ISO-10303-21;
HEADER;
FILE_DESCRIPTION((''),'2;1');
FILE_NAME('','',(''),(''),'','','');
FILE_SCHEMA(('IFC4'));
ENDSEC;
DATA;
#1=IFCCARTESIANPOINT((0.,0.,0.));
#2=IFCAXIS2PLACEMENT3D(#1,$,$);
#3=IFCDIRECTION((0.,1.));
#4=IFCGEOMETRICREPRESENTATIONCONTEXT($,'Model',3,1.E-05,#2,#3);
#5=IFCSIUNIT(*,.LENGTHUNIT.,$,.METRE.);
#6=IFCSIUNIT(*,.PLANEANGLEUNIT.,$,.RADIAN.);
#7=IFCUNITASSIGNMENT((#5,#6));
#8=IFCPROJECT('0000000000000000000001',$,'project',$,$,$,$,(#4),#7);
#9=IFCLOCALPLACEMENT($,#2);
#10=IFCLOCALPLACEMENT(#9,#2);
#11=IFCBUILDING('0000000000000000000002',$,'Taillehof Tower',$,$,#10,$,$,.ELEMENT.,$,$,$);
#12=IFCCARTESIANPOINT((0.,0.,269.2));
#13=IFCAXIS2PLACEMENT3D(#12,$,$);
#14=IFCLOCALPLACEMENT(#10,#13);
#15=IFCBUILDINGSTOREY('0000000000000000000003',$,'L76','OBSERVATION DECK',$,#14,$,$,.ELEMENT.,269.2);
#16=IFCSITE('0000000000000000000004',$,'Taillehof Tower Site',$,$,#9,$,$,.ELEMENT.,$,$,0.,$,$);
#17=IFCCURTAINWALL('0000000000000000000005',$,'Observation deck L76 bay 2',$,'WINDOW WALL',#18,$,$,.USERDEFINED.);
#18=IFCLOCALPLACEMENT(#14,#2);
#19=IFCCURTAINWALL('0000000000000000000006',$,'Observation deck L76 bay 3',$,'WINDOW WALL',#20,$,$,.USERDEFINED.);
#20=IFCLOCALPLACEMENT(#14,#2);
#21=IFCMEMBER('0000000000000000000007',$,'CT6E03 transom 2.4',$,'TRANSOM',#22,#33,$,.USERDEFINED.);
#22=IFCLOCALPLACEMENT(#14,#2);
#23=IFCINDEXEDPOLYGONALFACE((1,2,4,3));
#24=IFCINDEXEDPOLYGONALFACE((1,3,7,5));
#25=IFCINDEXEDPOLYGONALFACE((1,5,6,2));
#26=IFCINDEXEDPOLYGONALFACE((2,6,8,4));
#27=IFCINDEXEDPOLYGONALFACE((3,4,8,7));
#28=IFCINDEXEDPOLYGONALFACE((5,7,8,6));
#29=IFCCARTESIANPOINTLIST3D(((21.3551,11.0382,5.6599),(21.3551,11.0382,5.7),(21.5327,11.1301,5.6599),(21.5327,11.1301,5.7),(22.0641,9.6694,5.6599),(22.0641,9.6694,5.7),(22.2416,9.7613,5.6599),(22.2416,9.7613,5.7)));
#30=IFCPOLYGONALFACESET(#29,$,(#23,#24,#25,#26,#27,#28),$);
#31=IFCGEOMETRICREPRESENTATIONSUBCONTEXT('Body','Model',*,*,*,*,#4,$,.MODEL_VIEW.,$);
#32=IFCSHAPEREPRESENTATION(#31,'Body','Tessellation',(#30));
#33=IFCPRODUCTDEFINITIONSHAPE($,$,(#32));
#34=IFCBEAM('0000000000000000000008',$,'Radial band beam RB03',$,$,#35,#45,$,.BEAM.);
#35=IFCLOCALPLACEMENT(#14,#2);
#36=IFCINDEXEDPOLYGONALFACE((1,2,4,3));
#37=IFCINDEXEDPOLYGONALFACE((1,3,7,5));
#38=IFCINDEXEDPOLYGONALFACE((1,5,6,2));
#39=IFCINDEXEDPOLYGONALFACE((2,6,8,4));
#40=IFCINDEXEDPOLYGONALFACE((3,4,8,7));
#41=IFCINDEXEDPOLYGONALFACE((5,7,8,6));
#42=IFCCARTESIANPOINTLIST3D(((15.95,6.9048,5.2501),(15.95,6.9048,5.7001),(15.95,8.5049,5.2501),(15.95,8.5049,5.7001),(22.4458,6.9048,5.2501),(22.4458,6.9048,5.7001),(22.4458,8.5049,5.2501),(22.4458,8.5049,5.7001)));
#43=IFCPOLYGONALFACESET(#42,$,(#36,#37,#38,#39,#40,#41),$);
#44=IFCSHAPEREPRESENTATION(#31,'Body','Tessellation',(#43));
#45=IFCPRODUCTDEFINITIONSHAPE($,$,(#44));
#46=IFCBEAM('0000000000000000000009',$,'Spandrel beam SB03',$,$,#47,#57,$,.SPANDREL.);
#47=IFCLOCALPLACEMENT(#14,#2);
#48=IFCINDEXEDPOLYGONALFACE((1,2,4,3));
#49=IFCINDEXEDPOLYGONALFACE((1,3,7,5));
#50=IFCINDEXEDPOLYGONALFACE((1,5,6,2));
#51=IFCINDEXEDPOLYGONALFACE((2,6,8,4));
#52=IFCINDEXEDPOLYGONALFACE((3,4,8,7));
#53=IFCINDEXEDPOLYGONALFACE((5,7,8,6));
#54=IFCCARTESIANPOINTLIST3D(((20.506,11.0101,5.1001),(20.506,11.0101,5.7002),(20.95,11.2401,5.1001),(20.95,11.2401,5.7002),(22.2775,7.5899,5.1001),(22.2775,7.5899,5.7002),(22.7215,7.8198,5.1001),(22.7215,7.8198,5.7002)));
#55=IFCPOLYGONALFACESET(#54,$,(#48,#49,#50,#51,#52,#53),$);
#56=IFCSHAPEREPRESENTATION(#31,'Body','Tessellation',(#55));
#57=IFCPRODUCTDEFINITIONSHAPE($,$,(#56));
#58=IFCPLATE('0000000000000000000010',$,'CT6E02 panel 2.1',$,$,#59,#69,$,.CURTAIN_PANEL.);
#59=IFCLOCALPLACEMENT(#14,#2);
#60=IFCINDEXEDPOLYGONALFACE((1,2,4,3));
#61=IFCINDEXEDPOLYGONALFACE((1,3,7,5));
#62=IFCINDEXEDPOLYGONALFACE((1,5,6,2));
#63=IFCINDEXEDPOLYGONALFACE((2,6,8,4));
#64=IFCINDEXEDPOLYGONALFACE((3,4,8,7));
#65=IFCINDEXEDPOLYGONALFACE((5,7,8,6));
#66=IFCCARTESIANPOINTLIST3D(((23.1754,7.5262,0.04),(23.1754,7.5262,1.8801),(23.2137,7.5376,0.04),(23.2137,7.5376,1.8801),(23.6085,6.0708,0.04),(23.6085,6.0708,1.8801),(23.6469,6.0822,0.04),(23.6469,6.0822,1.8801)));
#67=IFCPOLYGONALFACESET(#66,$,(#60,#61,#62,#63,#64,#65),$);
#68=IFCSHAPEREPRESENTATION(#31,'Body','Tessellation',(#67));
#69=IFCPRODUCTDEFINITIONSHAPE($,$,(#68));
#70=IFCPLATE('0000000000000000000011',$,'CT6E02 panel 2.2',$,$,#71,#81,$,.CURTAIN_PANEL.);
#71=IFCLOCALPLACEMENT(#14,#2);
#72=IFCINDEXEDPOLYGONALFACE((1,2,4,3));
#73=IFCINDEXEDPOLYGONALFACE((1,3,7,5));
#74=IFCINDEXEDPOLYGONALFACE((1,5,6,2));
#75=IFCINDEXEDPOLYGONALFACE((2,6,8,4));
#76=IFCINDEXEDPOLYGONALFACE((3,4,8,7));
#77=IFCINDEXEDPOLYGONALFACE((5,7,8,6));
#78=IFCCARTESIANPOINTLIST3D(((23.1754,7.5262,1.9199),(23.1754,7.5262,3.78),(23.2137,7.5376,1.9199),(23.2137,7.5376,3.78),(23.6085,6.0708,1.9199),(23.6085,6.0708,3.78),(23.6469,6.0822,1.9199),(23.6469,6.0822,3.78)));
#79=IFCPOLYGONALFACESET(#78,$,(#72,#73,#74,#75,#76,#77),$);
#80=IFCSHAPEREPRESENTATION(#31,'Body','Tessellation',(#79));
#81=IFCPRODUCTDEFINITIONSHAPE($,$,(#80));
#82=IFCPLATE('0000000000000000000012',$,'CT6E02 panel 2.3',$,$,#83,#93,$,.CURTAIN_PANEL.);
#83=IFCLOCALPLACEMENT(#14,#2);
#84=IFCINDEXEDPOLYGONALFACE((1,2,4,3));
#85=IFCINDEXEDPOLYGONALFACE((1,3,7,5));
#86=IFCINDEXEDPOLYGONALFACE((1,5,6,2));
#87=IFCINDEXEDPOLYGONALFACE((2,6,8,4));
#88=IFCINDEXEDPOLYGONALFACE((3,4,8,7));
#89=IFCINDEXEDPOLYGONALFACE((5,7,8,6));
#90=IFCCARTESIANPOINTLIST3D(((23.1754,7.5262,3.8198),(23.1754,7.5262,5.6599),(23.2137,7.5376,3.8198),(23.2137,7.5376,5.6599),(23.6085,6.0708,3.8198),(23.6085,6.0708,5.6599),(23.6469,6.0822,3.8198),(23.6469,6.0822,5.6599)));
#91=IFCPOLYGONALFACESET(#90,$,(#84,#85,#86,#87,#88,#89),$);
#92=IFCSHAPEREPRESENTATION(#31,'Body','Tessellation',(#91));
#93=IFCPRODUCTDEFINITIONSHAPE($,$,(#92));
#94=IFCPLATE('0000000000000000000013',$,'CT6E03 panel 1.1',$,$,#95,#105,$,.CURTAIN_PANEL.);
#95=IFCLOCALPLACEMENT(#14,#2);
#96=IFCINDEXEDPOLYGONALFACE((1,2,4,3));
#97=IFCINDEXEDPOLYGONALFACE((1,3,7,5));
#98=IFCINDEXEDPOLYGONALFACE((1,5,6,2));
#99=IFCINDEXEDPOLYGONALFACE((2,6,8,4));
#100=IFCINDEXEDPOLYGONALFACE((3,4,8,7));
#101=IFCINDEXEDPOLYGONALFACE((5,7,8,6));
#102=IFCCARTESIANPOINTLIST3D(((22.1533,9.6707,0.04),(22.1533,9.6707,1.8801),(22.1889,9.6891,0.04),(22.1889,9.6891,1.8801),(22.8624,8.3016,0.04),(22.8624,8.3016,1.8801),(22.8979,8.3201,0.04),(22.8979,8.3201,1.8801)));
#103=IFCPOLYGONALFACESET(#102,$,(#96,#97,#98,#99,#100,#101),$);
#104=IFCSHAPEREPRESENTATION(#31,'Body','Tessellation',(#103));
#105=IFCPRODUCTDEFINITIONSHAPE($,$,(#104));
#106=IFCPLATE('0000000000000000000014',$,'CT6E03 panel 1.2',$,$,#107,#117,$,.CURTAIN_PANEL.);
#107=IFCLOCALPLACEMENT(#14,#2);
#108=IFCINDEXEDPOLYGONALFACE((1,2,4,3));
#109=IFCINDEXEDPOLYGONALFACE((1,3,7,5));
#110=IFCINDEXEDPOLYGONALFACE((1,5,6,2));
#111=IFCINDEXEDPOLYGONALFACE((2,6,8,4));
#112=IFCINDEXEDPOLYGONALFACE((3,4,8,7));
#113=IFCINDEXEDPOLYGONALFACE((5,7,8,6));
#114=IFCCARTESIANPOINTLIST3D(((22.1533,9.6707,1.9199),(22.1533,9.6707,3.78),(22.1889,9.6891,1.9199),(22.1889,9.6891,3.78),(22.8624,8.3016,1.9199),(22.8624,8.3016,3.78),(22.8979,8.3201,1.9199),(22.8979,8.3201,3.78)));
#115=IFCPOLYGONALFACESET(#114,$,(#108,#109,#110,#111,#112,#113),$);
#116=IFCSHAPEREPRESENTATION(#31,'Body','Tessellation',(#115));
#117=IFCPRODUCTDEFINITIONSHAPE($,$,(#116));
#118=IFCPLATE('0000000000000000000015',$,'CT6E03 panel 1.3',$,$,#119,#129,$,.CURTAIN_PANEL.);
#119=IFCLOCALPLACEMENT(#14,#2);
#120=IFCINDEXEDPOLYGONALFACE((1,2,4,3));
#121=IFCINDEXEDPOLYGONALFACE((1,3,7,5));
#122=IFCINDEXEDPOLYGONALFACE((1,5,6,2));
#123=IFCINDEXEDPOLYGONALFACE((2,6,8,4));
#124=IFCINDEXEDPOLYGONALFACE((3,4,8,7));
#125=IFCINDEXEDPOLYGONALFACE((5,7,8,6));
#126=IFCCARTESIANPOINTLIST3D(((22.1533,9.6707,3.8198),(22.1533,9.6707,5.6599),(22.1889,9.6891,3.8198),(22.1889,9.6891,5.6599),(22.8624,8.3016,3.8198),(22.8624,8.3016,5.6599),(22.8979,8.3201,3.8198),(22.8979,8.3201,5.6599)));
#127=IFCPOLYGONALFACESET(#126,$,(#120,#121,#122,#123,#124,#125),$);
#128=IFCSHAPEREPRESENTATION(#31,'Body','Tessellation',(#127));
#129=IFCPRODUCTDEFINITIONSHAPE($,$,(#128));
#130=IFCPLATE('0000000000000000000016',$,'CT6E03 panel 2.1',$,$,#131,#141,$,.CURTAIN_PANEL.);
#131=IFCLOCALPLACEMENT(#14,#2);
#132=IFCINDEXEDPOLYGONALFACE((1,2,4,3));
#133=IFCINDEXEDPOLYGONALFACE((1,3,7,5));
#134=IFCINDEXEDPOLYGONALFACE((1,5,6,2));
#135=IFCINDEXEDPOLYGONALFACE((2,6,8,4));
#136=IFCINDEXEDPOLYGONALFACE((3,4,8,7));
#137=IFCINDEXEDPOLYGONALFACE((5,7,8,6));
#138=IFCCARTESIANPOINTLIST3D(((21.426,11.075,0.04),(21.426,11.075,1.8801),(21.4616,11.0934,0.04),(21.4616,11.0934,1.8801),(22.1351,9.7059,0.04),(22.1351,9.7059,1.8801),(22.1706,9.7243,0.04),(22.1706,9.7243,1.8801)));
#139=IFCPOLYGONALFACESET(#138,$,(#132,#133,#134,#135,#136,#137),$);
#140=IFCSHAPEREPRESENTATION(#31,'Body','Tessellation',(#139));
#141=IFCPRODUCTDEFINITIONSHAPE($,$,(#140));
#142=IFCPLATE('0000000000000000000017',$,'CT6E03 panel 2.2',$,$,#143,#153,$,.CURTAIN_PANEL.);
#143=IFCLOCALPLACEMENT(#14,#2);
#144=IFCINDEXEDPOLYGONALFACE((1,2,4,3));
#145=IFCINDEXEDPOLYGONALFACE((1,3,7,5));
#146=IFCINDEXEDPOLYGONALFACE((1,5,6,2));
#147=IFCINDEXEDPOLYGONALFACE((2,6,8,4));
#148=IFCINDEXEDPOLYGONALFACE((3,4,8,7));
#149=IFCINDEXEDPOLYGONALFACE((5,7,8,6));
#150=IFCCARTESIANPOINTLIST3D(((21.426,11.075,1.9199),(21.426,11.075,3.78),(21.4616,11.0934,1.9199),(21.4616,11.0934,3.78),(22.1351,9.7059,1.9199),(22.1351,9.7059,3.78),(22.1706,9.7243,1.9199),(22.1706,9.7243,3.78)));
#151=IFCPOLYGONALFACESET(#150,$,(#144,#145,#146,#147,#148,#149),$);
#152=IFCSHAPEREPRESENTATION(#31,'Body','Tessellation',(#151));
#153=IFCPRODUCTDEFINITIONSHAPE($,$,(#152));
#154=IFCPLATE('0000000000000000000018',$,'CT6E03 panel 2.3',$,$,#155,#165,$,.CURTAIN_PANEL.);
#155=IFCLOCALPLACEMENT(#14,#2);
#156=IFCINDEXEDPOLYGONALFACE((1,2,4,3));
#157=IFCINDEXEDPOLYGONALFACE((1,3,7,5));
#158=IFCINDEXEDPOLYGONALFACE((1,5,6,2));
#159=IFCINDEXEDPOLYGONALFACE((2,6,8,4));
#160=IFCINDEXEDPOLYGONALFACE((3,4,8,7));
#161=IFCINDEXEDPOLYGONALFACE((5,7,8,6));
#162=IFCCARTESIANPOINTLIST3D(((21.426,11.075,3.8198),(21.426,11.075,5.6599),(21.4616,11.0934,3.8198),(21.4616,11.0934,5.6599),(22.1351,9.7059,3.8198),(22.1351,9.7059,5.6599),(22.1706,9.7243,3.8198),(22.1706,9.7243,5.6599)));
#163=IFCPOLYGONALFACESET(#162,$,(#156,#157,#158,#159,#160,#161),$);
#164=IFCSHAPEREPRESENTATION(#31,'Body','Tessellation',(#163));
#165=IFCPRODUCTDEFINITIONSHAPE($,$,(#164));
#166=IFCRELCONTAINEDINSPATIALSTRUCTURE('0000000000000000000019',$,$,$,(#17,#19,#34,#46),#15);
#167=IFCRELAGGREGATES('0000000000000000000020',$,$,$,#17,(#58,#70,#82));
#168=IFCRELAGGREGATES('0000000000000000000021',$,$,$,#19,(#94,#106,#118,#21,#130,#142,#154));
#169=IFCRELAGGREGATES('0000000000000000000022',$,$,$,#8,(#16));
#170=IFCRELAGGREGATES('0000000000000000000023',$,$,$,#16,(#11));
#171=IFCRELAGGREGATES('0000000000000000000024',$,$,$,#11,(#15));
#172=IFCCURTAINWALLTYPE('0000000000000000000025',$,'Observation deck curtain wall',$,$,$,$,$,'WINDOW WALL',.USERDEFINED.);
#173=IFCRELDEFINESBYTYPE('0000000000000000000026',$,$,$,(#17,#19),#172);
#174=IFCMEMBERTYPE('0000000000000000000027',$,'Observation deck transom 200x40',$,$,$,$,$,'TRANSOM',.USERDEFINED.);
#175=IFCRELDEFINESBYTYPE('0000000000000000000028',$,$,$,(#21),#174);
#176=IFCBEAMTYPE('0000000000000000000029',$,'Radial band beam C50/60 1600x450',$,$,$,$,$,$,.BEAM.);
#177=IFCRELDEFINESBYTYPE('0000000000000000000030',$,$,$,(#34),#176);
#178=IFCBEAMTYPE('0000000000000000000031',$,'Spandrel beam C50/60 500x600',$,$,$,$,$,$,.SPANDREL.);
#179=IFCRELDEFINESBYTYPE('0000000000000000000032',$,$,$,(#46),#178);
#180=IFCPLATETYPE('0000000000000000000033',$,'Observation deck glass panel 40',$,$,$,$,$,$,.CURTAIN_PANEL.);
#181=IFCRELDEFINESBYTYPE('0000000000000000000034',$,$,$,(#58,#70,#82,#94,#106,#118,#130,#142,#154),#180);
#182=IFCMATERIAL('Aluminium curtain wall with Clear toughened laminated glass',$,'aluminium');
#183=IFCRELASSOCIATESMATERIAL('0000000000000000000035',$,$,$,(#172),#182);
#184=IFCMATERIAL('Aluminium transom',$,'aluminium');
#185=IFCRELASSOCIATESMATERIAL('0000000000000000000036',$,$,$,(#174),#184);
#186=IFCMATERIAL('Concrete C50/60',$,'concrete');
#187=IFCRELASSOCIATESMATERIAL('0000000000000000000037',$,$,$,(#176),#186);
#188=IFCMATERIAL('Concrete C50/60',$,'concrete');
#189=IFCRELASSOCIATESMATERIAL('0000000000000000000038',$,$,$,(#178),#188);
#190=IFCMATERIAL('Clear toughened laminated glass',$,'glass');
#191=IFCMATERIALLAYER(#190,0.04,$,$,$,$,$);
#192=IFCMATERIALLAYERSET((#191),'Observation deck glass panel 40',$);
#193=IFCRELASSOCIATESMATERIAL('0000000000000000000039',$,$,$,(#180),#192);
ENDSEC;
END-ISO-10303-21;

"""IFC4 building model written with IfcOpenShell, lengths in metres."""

from ifc_helpers import new_model, si_unit, direction, frame, origin, origin_2d, place, context, subcontext, project, spatial, rectangle, extrude, material, layer, layer_set, material_profile, profile_set, type_object, element, aggregate, save


model = new_model("IFC4")

# Units and contexts
model_context = context("Model", 3, precision=1e-05, world=origin(), true_north=direction((0.0, 1.0)))
body_context = subcontext(model_context, "Body", "Model", "MODEL_VIEW")
ifc_project = project(units=[si_unit("LENGTHUNIT", "METRE"), si_unit("PLANEANGLEUNIT", "RADIAN")], contexts=[model_context])

# Site, building, storey
site_placement = place(None, origin())
site = spatial("IfcSite", under=ifc_project, at=site_placement, Name="Taillehof Tower Site", CompositionType="ELEMENT", RefElevation=0.0)
building_placement = place(site_placement, origin())
building = spatial("IfcBuilding", under=site, at=building_placement, Name="Taillehof Tower", CompositionType="ELEMENT")
storey_placement = place(building_placement, frame((0.0, 0.0, 269.2)))
storey = spatial("IfcBuildingStorey", under=building, at=storey_placement, Name="L76", Description="OBSERVATION DECK", CompositionType="ELEMENT", Elevation=269.2)

# Curtain wall
ifc_material_1 = material(Name="Aluminium curtain wall with Clear toughened laminated glass", Category="aluminium")
curtain_wall_type = type_object("IfcCurtainWallType", Name="Observation deck curtain wall", ElementType="WINDOW WALL", PredefinedType="USERDEFINED", material=ifc_material_1)
curtain_wall_1_placement = place(storey_placement, origin())
curtain_wall_1 = element("IfcCurtainWall", 1, at=curtain_wall_1_placement, inside=storey, type_object=curtain_wall_type, Name="Observation deck L76 bay 2", ObjectType="WINDOW WALL", PredefinedType="USERDEFINED")

# Curtain wall
curtain_wall_2_placement = place(storey_placement, origin())
curtain_wall_2 = element("IfcCurtainWall", 2, at=curtain_wall_2_placement, inside=storey, type_object=curtain_wall_type, Name="Observation deck L76 bay 3", ObjectType="WINDOW WALL", PredefinedType="USERDEFINED")

# Member
ifc_material_2 = material(Name="Aluminium transom", Category="aluminium")
ifc_material_profile_1 = material_profile(ifc_material_2, rectangle(XDim=0.2, YDim=0.04, at=origin_2d()), Name="AL 200x40")
ifc_profile_set_1 = profile_set([ifc_material_profile_1], Name="Aluminium transom")
member_type_1 = type_object("IfcMemberType", Name="Observation deck transom 200x40", ElementType="TRANSOM", PredefinedType="USERDEFINED", material=ifc_profile_set_1)
member_1_placement = place(storey_placement, frame((22.1528, 9.7153, 5.6799), z_axis=(-0.459901, 0.88797, 0.0), x_axis=(-0.88797, -0.459901, 0.0)))
member_1 = element("IfcMember", 3, at=member_1_placement, type_object=member_type_1, Name="CT6E03 transom 2.4", ObjectType="TRANSOM", PredefinedType="USERDEFINED", context=body_context, shape_type="SweptSolid", body=[
    extrude(rectangle(XDim=0.2, YDim=0.04, at=origin_2d()), origin(), (0.0, 0.0, 1.0), 1.5415),
])

# Beams
ifc_material_3 = material(Name="Concrete C50/60", Category="concrete")
ifc_material_profile_2 = material_profile(ifc_material_3, rectangle(XDim=1.6001, YDim=0.45, at=origin_2d()), Name="RC 1600x450")
ifc_profile_set_2 = profile_set([ifc_material_profile_2], Name="Concrete C50/60")
beam_type_1 = type_object("IfcBeamType", Name="Radial band beam C50/60 1600x450", PredefinedType="BEAM", material=ifc_profile_set_2)
beam_1_placement = place(storey_placement, frame((22.4458, 7.7048, 5.4751), z_axis=(-1.0, 0.0, 0.0), x_axis=(0.0, -1.0, 0.0)))
element("IfcBeam", 4, at=beam_1_placement, inside=storey, type_object=beam_type_1, Name="Radial band beam RB03", PredefinedType="BEAM", context=body_context, shape_type="SweptSolid", body=[
    extrude(rectangle(XDim=1.6001, YDim=0.45, at=origin_2d()), origin(), (0.0, 0.0, 1.0), 6.4958),
])
ifc_material_4 = material(Name="Concrete C50/60", Category="concrete")
ifc_material_profile_3 = material_profile(ifc_material_4, rectangle(XDim=0.5, YDim=0.6001, at=origin_2d()), Name="RC 500x600")
ifc_profile_set_3 = profile_set([ifc_material_profile_3], Name="Concrete C50/60")
beam_type_2 = type_object("IfcBeamType", Name="Spandrel beam C50/60 500x600", PredefinedType="SPANDREL", material=ifc_profile_set_3)
beam_2_placement = place(storey_placement, frame((22.4995, 7.7048, 5.4001), z_axis=(-0.459921, 0.88796, 0.0), x_axis=(-0.88796, -0.459921, 0.0)))
element("IfcBeam", 5, at=beam_2_placement, inside=storey, type_object=beam_type_2, Name="Spandrel beam SB03", PredefinedType="SPANDREL", context=body_context, shape_type="SweptSolid", body=[
    extrude(rectangle(XDim=0.5, YDim=0.6001, at=origin_2d()), origin(), (0.0, 0.0, 1.0), 3.8518),
])

# Plates
ifc_material_5 = material(Name="Clear toughened laminated glass", Category="glass")
ifc_layer = layer(ifc_material_5, 0.04)
ifc_layer_set = layer_set([ifc_layer], Name="Observation deck glass panel 40")
plate_type = type_object("IfcPlateType", Name="Observation deck glass panel 40", PredefinedType="CURTAIN_PANEL", material=ifc_layer_set)
plate_1_placement = place(storey_placement, frame((23.4111, 6.8042, 0.04), z_axis=(0.0, 0.0, 1.0), x_axis=(-0.285236, 0.958457, 0.0)))
plate_1 = element("IfcPlate", 6, at=plate_1_placement, type_object=plate_type, Name="CT6E02 panel 2.1", PredefinedType="CURTAIN_PANEL", context=body_context, shape_type="SweptSolid", body=[
    extrude(rectangle(XDim=1.5186, YDim=0.04, at=origin_2d()), origin(), (0.0, 0.0, 1.0), 1.8401),
])
plate_2_placement = place(storey_placement, frame((23.4111, 6.8042, 1.9199), z_axis=(0.0, 0.0, 1.0), x_axis=(-0.285236, 0.958457, 0.0)))
plate_2 = element("IfcPlate", 7, at=plate_2_placement, type_object=plate_type, Name="CT6E02 panel 2.2", PredefinedType="CURTAIN_PANEL", context=body_context, shape_type="SweptSolid", body=[
    extrude(rectangle(XDim=1.5186, YDim=0.04, at=origin_2d()), origin(), (0.0, 0.0, 1.0), 1.8601),
])
plate_3_placement = place(storey_placement, frame((23.4111, 6.8042, 3.8198), z_axis=(0.0, 0.0, 1.0), x_axis=(-0.285236, 0.958457, 0.0)))
plate_3 = element("IfcPlate", 8, at=plate_3_placement, type_object=plate_type, Name="CT6E02 panel 2.3", PredefinedType="CURTAIN_PANEL", context=body_context, shape_type="SweptSolid", body=[
    extrude(rectangle(XDim=1.5186, YDim=0.04, at=origin_2d()), origin(), (0.0, 0.0, 1.0), 1.8401),
])
aggregate(curtain_wall_1, [plate_1, plate_2, plate_3])
plate_4_placement = place(storey_placement, frame((22.5256, 8.9954, 0.04), z_axis=(0.0, 0.0, 1.0), x_axis=(-0.459891, 0.887975, 0.0)))
plate_4 = element("IfcPlate", 9, at=plate_4_placement, type_object=plate_type, Name="CT6E03 panel 1.1", PredefinedType="CURTAIN_PANEL", context=body_context, shape_type="SweptSolid", body=[
    extrude(rectangle(XDim=1.5417, YDim=0.04, at=origin_2d()), origin(), (0.0, 0.0, 1.0), 1.8401),
])
plate_5_placement = place(storey_placement, frame((22.5256, 8.9954, 1.9199), z_axis=(0.0, 0.0, 1.0), x_axis=(-0.459891, 0.887975, 0.0)))
plate_5 = element("IfcPlate", 10, at=plate_5_placement, type_object=plate_type, Name="CT6E03 panel 1.2", PredefinedType="CURTAIN_PANEL", context=body_context, shape_type="SweptSolid", body=[
    extrude(rectangle(XDim=1.5417, YDim=0.04, at=origin_2d()), origin(), (0.0, 0.0, 1.0), 1.8601),
])
plate_6_placement = place(storey_placement, frame((22.5256, 8.9954, 3.8198), z_axis=(0.0, 0.0, 1.0), x_axis=(-0.459891, 0.887975, 0.0)))
plate_6 = element("IfcPlate", 11, at=plate_6_placement, type_object=plate_type, Name="CT6E03 panel 1.3", PredefinedType="CURTAIN_PANEL", context=body_context, shape_type="SweptSolid", body=[
    extrude(rectangle(XDim=1.5417, YDim=0.04, at=origin_2d()), origin(), (0.0, 0.0, 1.0), 1.8401),
])
plate_7_placement = place(storey_placement, frame((21.7983, 10.3997, 0.04), z_axis=(0.0, 0.0, 1.0), x_axis=(-0.459891, 0.887975, 0.0)))
plate_7 = element("IfcPlate", 12, at=plate_7_placement, type_object=plate_type, Name="CT6E03 panel 2.1", PredefinedType="CURTAIN_PANEL", context=body_context, shape_type="SweptSolid", body=[
    extrude(rectangle(XDim=1.5417, YDim=0.04, at=origin_2d()), origin(), (0.0, 0.0, 1.0), 1.8401),
])
plate_8_placement = place(storey_placement, frame((21.7983, 10.3997, 1.9199), z_axis=(0.0, 0.0, 1.0), x_axis=(-0.459891, 0.887975, 0.0)))
plate_8 = element("IfcPlate", 13, at=plate_8_placement, type_object=plate_type, Name="CT6E03 panel 2.2", PredefinedType="CURTAIN_PANEL", context=body_context, shape_type="SweptSolid", body=[
    extrude(rectangle(XDim=1.5417, YDim=0.04, at=origin_2d()), origin(), (0.0, 0.0, 1.0), 1.8601),
])
plate_9_placement = place(storey_placement, frame((21.7983, 10.3997, 3.8198), z_axis=(0.0, 0.0, 1.0), x_axis=(-0.459891, 0.887975, 0.0)))
plate_9 = element("IfcPlate", 14, at=plate_9_placement, type_object=plate_type, Name="CT6E03 panel 2.3", PredefinedType="CURTAIN_PANEL", context=body_context, shape_type="SweptSolid", body=[
    extrude(rectangle(XDim=1.5417, YDim=0.04, at=origin_2d()), origin(), (0.0, 0.0, 1.0), 1.8401),
])
aggregate(curtain_wall_2, [plate_4, plate_5, plate_6, member_1, plate_7, plate_8, plate_9])

save(model, "model.ifc")
